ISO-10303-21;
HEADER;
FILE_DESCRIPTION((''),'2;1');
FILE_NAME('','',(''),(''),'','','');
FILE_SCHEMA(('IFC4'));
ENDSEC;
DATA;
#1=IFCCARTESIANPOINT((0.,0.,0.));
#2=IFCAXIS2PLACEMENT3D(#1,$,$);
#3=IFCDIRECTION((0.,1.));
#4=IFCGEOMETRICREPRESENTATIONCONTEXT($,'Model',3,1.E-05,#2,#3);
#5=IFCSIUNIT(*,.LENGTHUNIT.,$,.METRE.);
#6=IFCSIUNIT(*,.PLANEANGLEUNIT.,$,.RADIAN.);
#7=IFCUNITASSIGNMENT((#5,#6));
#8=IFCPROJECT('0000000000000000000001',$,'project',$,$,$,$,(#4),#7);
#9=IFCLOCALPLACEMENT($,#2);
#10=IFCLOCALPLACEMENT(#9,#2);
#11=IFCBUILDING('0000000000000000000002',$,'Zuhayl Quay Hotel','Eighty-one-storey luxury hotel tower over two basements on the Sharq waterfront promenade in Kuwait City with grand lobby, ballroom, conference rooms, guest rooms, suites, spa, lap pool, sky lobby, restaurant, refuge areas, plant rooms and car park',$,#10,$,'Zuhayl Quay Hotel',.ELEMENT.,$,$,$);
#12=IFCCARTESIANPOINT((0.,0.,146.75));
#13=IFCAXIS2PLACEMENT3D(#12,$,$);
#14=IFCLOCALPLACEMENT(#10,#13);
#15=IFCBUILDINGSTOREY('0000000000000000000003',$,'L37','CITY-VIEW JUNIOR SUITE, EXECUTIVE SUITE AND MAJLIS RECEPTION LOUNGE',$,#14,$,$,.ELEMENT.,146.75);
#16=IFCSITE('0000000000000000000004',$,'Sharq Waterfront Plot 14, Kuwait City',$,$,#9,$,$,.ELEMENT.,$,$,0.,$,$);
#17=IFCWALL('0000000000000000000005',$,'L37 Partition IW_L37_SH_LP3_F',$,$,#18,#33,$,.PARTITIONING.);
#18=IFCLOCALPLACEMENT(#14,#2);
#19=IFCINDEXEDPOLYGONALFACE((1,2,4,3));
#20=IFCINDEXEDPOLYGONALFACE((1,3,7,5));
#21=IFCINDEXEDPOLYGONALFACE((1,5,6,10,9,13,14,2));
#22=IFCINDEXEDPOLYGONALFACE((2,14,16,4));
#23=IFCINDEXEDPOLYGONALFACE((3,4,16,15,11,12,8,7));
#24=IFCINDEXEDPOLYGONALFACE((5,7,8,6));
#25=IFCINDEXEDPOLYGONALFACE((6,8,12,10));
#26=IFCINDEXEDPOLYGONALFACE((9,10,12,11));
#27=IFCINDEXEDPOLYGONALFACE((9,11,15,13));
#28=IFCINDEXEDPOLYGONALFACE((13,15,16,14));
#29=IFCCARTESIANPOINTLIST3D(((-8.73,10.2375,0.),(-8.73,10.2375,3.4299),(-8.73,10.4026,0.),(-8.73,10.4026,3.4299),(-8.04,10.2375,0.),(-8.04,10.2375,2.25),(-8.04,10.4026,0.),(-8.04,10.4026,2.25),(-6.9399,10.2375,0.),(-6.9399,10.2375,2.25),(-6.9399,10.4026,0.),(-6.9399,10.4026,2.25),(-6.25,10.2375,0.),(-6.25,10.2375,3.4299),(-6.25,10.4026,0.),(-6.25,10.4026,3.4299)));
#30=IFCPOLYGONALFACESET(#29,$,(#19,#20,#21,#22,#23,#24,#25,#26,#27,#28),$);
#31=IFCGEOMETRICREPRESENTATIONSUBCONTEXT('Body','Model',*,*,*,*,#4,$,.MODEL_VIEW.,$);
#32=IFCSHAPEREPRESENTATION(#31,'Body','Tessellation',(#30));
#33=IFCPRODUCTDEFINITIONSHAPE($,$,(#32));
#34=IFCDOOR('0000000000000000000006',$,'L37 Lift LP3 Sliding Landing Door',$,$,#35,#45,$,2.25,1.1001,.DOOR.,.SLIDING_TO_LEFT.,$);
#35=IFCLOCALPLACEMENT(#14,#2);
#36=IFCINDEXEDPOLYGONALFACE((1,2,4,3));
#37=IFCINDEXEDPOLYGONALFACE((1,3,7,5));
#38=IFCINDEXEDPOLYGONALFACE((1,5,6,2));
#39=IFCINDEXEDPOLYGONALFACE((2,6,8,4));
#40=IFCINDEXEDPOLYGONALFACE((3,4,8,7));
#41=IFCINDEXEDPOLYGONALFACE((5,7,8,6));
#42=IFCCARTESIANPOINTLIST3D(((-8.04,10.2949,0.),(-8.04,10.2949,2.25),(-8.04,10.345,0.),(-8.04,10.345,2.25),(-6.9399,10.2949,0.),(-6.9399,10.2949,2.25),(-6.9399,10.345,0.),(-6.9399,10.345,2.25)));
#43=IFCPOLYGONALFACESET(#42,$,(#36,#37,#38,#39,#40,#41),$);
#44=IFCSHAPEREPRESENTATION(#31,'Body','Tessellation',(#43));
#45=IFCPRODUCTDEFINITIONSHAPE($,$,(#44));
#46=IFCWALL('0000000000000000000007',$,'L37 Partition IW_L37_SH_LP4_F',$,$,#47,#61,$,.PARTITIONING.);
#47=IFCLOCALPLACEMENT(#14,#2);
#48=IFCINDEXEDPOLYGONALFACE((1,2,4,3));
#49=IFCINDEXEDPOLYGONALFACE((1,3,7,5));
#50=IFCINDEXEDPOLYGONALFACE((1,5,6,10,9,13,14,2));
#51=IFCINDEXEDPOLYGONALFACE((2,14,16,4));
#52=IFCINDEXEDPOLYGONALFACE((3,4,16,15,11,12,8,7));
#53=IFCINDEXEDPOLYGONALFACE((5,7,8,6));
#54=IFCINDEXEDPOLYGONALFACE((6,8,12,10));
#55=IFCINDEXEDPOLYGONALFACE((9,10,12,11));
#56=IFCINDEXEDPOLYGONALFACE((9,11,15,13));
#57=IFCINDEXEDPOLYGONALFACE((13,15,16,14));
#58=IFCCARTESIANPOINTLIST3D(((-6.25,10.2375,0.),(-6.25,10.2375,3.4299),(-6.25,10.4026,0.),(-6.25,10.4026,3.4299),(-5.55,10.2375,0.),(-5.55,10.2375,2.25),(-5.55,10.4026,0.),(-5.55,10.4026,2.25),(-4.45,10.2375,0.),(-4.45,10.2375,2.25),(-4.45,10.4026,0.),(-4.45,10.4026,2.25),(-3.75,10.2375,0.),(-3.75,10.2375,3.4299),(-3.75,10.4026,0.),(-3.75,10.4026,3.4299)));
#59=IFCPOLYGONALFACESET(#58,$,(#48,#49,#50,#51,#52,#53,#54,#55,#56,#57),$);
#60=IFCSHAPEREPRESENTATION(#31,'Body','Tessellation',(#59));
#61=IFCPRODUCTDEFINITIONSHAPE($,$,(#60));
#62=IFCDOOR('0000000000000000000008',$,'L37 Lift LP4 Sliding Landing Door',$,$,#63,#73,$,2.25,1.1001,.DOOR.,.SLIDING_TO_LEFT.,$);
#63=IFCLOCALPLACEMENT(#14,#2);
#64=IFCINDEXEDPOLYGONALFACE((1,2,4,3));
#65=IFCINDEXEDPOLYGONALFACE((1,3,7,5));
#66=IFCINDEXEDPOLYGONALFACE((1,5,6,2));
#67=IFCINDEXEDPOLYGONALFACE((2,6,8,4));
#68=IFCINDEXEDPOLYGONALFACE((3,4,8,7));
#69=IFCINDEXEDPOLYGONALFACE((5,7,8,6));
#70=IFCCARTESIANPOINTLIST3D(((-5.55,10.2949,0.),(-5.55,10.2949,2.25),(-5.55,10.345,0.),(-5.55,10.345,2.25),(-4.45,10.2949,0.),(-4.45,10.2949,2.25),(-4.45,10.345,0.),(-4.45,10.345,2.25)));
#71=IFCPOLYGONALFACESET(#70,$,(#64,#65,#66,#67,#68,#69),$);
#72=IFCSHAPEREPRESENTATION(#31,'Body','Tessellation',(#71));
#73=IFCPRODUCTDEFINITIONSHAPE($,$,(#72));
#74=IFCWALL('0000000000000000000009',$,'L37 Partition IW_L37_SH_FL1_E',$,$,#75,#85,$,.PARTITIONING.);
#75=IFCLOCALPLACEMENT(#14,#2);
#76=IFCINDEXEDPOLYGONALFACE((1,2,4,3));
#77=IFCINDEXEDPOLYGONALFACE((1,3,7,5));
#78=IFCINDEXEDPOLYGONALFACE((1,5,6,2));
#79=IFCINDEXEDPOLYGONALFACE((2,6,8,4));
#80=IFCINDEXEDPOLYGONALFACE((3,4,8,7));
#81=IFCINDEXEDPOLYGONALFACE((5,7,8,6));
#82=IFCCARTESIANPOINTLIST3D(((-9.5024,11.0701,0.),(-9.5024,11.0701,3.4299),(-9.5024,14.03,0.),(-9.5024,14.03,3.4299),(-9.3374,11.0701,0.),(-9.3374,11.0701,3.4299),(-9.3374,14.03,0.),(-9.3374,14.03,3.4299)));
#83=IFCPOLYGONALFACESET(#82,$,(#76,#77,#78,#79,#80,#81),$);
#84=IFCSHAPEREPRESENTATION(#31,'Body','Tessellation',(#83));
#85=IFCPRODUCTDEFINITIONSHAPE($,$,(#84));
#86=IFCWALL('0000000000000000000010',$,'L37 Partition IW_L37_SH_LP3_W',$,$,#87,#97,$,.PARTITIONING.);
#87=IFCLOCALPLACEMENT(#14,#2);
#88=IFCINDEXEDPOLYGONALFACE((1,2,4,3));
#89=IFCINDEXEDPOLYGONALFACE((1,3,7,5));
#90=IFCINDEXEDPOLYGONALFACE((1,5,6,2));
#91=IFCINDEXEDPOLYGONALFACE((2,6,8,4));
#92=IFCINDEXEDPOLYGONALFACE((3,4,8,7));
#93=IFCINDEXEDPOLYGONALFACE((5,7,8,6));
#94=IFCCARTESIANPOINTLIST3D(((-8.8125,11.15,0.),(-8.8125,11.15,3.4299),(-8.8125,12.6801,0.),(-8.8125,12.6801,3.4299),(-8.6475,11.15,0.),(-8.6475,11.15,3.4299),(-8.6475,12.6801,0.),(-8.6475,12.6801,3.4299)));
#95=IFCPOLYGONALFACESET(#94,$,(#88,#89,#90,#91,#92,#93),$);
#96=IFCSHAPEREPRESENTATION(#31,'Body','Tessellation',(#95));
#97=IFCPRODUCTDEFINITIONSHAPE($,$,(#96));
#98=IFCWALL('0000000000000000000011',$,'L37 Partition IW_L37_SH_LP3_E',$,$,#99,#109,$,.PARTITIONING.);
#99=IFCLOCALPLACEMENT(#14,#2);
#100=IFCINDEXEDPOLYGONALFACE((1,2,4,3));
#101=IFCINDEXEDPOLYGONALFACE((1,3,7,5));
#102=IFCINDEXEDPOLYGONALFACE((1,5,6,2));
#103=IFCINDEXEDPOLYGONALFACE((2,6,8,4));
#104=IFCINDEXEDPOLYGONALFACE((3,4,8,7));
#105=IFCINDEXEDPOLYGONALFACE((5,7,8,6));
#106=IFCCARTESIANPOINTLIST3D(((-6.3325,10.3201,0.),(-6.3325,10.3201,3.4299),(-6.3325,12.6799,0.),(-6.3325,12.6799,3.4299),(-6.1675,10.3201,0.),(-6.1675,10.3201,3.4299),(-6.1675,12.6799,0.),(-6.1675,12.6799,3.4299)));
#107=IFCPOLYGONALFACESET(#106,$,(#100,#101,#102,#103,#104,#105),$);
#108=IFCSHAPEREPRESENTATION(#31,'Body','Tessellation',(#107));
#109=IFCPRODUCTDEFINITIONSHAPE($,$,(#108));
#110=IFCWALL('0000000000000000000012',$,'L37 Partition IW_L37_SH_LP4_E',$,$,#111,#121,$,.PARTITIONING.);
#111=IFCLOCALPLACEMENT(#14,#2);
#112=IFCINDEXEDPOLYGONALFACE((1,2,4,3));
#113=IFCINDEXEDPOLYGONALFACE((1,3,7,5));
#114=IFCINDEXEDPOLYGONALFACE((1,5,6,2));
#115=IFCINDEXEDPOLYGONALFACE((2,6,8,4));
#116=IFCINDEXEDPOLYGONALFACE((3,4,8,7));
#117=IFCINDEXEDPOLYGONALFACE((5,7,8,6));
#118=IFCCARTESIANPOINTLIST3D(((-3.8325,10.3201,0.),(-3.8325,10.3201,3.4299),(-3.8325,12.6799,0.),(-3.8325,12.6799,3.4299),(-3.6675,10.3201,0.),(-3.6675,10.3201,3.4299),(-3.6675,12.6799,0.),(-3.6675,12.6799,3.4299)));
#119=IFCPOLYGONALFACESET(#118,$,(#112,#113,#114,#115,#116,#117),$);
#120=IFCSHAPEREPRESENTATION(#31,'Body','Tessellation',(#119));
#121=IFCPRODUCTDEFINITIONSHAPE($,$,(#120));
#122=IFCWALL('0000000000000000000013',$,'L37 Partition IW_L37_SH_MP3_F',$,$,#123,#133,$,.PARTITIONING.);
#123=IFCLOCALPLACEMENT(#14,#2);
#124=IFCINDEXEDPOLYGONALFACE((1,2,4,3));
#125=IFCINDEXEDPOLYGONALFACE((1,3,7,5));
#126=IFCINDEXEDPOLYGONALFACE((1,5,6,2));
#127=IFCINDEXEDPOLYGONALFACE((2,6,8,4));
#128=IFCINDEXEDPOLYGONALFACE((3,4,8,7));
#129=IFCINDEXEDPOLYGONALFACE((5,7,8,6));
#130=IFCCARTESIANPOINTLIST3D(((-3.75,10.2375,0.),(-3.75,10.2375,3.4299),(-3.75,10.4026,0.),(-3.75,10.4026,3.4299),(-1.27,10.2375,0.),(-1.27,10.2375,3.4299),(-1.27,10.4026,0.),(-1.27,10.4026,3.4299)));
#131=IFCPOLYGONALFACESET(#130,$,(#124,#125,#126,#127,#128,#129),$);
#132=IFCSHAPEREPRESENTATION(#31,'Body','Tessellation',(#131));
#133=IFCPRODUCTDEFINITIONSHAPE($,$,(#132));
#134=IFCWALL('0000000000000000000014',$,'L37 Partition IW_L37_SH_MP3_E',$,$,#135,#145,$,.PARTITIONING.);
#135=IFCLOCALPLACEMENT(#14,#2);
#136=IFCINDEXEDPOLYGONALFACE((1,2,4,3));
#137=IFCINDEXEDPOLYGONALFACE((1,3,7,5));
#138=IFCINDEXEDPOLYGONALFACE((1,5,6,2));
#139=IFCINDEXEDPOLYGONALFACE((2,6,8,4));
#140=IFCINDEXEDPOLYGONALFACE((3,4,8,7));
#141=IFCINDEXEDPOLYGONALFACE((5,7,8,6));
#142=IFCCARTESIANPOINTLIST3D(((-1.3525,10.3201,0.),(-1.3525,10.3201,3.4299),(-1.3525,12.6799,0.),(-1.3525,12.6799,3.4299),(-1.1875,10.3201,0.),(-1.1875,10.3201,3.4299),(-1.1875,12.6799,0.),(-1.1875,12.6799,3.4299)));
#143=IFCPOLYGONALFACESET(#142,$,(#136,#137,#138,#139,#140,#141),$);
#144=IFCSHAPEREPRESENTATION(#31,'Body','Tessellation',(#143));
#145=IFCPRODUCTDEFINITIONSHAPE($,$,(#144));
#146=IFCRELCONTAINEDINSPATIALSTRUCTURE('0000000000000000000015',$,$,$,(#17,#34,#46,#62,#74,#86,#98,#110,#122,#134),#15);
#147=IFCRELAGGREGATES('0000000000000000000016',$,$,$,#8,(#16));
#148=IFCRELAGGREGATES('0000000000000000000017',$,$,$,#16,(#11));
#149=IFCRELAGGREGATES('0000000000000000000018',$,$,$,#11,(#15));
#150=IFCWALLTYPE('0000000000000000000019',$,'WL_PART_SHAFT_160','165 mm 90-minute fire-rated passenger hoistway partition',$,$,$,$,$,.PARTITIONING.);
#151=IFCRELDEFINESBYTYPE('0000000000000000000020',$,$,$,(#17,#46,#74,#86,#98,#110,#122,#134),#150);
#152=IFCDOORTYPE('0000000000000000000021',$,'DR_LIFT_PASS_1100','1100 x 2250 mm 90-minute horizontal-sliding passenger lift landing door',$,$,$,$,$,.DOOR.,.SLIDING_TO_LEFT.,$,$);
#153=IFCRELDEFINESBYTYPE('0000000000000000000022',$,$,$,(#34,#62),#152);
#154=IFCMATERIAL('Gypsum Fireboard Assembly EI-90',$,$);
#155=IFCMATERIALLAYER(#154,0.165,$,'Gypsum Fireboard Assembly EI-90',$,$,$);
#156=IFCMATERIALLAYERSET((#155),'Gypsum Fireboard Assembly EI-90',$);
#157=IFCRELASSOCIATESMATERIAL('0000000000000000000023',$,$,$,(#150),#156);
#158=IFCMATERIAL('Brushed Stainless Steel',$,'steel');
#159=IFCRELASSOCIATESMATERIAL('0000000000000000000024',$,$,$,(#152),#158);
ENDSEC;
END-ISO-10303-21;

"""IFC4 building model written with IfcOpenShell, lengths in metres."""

from ifc_helpers import new_model, si_unit, direction, frame, frame_2d, origin, place, context, subcontext, project, spatial, rectangle, extrude, material, layer, layer_set, type_object, element, fill, save


model = new_model("IFC4")

# Units and contexts
model_context = context("Model", 3, precision=1e-05, world=origin(), true_north=direction((0.0, 1.0)))
body_context = subcontext(model_context, "Body", "Model", "MODEL_VIEW")
ifc_project = project(units=[si_unit("LENGTHUNIT", "METRE"), si_unit("PLANEANGLEUNIT", "RADIAN")], contexts=[model_context])

# Site, building, storey
site_placement = place(None, origin())
site = spatial("IfcSite", under=ifc_project, at=site_placement, Name="Sharq Waterfront Plot 14, Kuwait City", CompositionType="ELEMENT", RefElevation=0.0)
building_placement = place(site_placement, origin())
building = spatial("IfcBuilding", under=site, at=building_placement, Name="Zuhayl Quay Hotel", Description="Eighty-one-storey luxury hotel tower over two basements on the Sharq waterfront promenade in Kuwait City with grand lobby, ballroom, conference rooms, guest rooms, suites, spa, lap pool, sky lobby, restaurant, refuge areas, plant rooms and car park", LongName="Zuhayl Quay Hotel", CompositionType="ELEMENT")
storey_placement = place(building_placement, frame((0.0, 0.0, 146.75)))
storey = spatial("IfcBuildingStorey", under=building, at=storey_placement, Name="L37", Description="CITY-VIEW JUNIOR SUITE, EXECUTIVE SUITE AND MAJLIS RECEPTION LOUNGE", CompositionType="ELEMENT", Elevation=146.75)

# Walls, openings, doors
ifc_material_1 = material(Name="Gypsum Fireboard Assembly EI-90")
ifc_layer_1 = layer(ifc_material_1, 0.165, Name="Gypsum Fireboard Assembly EI-90")
ifc_layer_set_1 = layer_set([ifc_layer_1], Name="Gypsum Fireboard Assembly EI-90")
wall_type_1 = type_object("IfcWallType", Name="WL_PART_SHAFT_160", Description="165 mm 90-minute fire-rated passenger hoistway partition", PredefinedType="PARTITIONING", material=ifc_layer_set_1)
wall_1_placement = place(storey_placement, frame((-8.73, 10.3201, 0.0), z_axis=(0.0, 0.0, 1.0), x_axis=(1.0, 0.0, 0.0)))
wall_1 = element("IfcWall", 1, at=wall_1_placement, inside=storey, type_object=wall_type_1, Name="L37 Partition IW_L37_SH_LP3_F", PredefinedType="PARTITIONING", context=body_context, shape_type="SweptSolid", body=[
    extrude(rectangle(XDim=2.48, YDim=0.165, at=frame_2d((1.24, 0.0))), origin(), (0.0, 0.0, 1.0), 3.4299),
])
opening_1_placement = place(wall_1_placement, frame((0.6899, 0.0, 0.0)))
opening_1 = element("IfcOpeningElement", 2, at=opening_1_placement, cuts=wall_1, PredefinedType="OPENING", context=body_context, shape_type="SweptSolid", body=[
    extrude(rectangle(XDim=1.1001, YDim=2.25, at=frame_2d((0.55, 1.125))), frame((0.0, 0.0925, 0.0), z_axis=(0.0, -1.0, 0.0), x_axis=(1.0, 0.0, 0.0)), (0.0, 0.0, 1.0), 0.1851),
])
ifc_material_2 = material(Name="Brushed Stainless Steel", Category="steel")
door_type_1 = type_object("IfcDoorType", Name="DR_LIFT_PASS_1100", Description="1100 x 2250 mm 90-minute horizontal-sliding passenger lift landing door", OperationType="SLIDING_TO_LEFT", PredefinedType="DOOR", material=ifc_material_2)
door_1_placement = place(opening_1_placement, origin())
door_1 = element("IfcDoor", 3, at=door_1_placement, inside=storey, type_object=door_type_1, Name="L37 Lift LP3 Sliding Landing Door", OperationType="SLIDING_TO_LEFT", OverallHeight=2.25, OverallWidth=1.1001, PredefinedType="DOOR", context=body_context, shape_type="SweptSolid", body=[
    extrude(rectangle(XDim=1.1001, YDim=2.25, at=frame_2d((0.55, 1.125))), frame((0.0, 0.0249, 0.0), z_axis=(0.0, -1.0, 0.0), x_axis=(1.0, 0.0, 0.0)), (0.0, 0.0, 1.0), 0.05),
])
fill(opening_1, door_1)
wall_2_placement = place(storey_placement, frame((-6.25, 10.3201, 0.0), z_axis=(0.0, 0.0, 1.0), x_axis=(1.0, 0.0, 0.0)))
wall_2 = element("IfcWall", 4, at=wall_2_placement, inside=storey, type_object=wall_type_1, Name="L37 Partition IW_L37_SH_LP4_F", PredefinedType="PARTITIONING", context=body_context, shape_type="SweptSolid", body=[
    extrude(rectangle(XDim=2.5, YDim=0.165, at=frame_2d((1.25, 0.0))), origin(), (0.0, 0.0, 1.0), 3.4299),
])
opening_2_placement = place(wall_2_placement, frame((0.7, 0.0, 0.0)))
opening_2 = element("IfcOpeningElement", 5, at=opening_2_placement, cuts=wall_2, PredefinedType="OPENING", context=body_context, shape_type="SweptSolid", body=[
    extrude(rectangle(XDim=1.1001, YDim=2.25, at=frame_2d((0.55, 1.125))), frame((0.0, 0.0925, 0.0), z_axis=(0.0, -1.0, 0.0), x_axis=(1.0, 0.0, 0.0)), (0.0, 0.0, 1.0), 0.1851),
])
door_2_placement = place(opening_2_placement, origin())
door_2 = element("IfcDoor", 6, at=door_2_placement, inside=storey, type_object=door_type_1, Name="L37 Lift LP4 Sliding Landing Door", OperationType="SLIDING_TO_LEFT", OverallHeight=2.25, OverallWidth=1.1001, PredefinedType="DOOR", context=body_context, shape_type="SweptSolid", body=[
    extrude(rectangle(XDim=1.1001, YDim=2.25, at=frame_2d((0.55, 1.125))), frame((0.0, 0.0249, 0.0), z_axis=(0.0, -1.0, 0.0), x_axis=(1.0, 0.0, 0.0)), (0.0, 0.0, 1.0), 0.05),
])
fill(opening_2, door_2)

# Walls
wall_3_placement = place(storey_placement, frame((-9.4199, 11.0701, 0.0), z_axis=(0.0, 0.0, 1.0), x_axis=(0.0, 1.0, 0.0)))
element("IfcWall", 7, at=wall_3_placement, inside=storey, type_object=wall_type_1, Name="L37 Partition IW_L37_SH_FL1_E", PredefinedType="PARTITIONING", context=body_context, shape_type="SweptSolid", body=[
    extrude(rectangle(XDim=2.96, YDim=0.165, at=frame_2d((1.48, 0.0))), origin(), (0.0, 0.0, 1.0), 3.4299),
])
wall_4_placement = place(storey_placement, frame((-8.73, 11.1499, 0.0), z_axis=(0.0, 0.0, 1.0), x_axis=(0.0, 1.0, 0.0)))
element("IfcWall", 8, at=wall_4_placement, inside=storey, type_object=wall_type_1, Name="L37 Partition IW_L37_SH_LP3_W", PredefinedType="PARTITIONING", context=body_context, shape_type="SweptSolid", body=[
    extrude(rectangle(XDim=1.53, YDim=0.165, at=frame_2d((0.7651, 0.0))), origin(), (0.0, 0.0, 1.0), 3.4299),
])
for number, where, z_axis, x_axis, name in (
    (9, (-6.25, 10.3201, 0.0), (0.0, 0.0, 1.0), (0.0, 1.0, 0.0), "L37 Partition IW_L37_SH_LP3_E"),
    (10, (-3.75, 10.3201, 0.0), (0.0, 0.0, 1.0), (0.0, 1.0, 0.0), "L37 Partition IW_L37_SH_LP4_E"),
):
    element("IfcWall", number, at=place(storey_placement, frame(where, z_axis=z_axis, x_axis=x_axis)), inside=storey, type_object=wall_type_1, Name=name, PredefinedType="PARTITIONING", context=body_context, shape_type="SweptSolid", body=[
        extrude(rectangle(XDim=2.3599, YDim=0.165, at=frame_2d((1.1799, 0.0))), origin(), (0.0, 0.0, 1.0), 3.4299),
    ])
wall_5_placement = place(storey_placement, frame((-3.75, 10.3201, 0.0), z_axis=(0.0, 0.0, 1.0), x_axis=(1.0, 0.0, 0.0)))
element("IfcWall", 11, at=wall_5_placement, inside=storey, type_object=wall_type_1, Name="L37 Partition IW_L37_SH_MP3_F", PredefinedType="PARTITIONING", context=body_context, shape_type="SweptSolid", body=[
    extrude(rectangle(XDim=2.48, YDim=0.165, at=frame_2d((1.24, 0.0))), origin(), (0.0, 0.0, 1.0), 3.4299),
])
wall_6_placement = place(storey_placement, frame((-1.27, 10.3201, 0.0), z_axis=(0.0, 0.0, 1.0), x_axis=(0.0, 1.0, 0.0)))
element("IfcWall", 12, at=wall_6_placement, inside=storey, type_object=wall_type_1, Name="L37 Partition IW_L37_SH_MP3_E", PredefinedType="PARTITIONING", context=body_context, shape_type="SweptSolid", body=[
    extrude(rectangle(XDim=2.3599, YDim=0.165, at=frame_2d((1.1799, 0.0))), origin(), (0.0, 0.0, 1.0), 3.4299),
])

save(model, "model.ifc")
